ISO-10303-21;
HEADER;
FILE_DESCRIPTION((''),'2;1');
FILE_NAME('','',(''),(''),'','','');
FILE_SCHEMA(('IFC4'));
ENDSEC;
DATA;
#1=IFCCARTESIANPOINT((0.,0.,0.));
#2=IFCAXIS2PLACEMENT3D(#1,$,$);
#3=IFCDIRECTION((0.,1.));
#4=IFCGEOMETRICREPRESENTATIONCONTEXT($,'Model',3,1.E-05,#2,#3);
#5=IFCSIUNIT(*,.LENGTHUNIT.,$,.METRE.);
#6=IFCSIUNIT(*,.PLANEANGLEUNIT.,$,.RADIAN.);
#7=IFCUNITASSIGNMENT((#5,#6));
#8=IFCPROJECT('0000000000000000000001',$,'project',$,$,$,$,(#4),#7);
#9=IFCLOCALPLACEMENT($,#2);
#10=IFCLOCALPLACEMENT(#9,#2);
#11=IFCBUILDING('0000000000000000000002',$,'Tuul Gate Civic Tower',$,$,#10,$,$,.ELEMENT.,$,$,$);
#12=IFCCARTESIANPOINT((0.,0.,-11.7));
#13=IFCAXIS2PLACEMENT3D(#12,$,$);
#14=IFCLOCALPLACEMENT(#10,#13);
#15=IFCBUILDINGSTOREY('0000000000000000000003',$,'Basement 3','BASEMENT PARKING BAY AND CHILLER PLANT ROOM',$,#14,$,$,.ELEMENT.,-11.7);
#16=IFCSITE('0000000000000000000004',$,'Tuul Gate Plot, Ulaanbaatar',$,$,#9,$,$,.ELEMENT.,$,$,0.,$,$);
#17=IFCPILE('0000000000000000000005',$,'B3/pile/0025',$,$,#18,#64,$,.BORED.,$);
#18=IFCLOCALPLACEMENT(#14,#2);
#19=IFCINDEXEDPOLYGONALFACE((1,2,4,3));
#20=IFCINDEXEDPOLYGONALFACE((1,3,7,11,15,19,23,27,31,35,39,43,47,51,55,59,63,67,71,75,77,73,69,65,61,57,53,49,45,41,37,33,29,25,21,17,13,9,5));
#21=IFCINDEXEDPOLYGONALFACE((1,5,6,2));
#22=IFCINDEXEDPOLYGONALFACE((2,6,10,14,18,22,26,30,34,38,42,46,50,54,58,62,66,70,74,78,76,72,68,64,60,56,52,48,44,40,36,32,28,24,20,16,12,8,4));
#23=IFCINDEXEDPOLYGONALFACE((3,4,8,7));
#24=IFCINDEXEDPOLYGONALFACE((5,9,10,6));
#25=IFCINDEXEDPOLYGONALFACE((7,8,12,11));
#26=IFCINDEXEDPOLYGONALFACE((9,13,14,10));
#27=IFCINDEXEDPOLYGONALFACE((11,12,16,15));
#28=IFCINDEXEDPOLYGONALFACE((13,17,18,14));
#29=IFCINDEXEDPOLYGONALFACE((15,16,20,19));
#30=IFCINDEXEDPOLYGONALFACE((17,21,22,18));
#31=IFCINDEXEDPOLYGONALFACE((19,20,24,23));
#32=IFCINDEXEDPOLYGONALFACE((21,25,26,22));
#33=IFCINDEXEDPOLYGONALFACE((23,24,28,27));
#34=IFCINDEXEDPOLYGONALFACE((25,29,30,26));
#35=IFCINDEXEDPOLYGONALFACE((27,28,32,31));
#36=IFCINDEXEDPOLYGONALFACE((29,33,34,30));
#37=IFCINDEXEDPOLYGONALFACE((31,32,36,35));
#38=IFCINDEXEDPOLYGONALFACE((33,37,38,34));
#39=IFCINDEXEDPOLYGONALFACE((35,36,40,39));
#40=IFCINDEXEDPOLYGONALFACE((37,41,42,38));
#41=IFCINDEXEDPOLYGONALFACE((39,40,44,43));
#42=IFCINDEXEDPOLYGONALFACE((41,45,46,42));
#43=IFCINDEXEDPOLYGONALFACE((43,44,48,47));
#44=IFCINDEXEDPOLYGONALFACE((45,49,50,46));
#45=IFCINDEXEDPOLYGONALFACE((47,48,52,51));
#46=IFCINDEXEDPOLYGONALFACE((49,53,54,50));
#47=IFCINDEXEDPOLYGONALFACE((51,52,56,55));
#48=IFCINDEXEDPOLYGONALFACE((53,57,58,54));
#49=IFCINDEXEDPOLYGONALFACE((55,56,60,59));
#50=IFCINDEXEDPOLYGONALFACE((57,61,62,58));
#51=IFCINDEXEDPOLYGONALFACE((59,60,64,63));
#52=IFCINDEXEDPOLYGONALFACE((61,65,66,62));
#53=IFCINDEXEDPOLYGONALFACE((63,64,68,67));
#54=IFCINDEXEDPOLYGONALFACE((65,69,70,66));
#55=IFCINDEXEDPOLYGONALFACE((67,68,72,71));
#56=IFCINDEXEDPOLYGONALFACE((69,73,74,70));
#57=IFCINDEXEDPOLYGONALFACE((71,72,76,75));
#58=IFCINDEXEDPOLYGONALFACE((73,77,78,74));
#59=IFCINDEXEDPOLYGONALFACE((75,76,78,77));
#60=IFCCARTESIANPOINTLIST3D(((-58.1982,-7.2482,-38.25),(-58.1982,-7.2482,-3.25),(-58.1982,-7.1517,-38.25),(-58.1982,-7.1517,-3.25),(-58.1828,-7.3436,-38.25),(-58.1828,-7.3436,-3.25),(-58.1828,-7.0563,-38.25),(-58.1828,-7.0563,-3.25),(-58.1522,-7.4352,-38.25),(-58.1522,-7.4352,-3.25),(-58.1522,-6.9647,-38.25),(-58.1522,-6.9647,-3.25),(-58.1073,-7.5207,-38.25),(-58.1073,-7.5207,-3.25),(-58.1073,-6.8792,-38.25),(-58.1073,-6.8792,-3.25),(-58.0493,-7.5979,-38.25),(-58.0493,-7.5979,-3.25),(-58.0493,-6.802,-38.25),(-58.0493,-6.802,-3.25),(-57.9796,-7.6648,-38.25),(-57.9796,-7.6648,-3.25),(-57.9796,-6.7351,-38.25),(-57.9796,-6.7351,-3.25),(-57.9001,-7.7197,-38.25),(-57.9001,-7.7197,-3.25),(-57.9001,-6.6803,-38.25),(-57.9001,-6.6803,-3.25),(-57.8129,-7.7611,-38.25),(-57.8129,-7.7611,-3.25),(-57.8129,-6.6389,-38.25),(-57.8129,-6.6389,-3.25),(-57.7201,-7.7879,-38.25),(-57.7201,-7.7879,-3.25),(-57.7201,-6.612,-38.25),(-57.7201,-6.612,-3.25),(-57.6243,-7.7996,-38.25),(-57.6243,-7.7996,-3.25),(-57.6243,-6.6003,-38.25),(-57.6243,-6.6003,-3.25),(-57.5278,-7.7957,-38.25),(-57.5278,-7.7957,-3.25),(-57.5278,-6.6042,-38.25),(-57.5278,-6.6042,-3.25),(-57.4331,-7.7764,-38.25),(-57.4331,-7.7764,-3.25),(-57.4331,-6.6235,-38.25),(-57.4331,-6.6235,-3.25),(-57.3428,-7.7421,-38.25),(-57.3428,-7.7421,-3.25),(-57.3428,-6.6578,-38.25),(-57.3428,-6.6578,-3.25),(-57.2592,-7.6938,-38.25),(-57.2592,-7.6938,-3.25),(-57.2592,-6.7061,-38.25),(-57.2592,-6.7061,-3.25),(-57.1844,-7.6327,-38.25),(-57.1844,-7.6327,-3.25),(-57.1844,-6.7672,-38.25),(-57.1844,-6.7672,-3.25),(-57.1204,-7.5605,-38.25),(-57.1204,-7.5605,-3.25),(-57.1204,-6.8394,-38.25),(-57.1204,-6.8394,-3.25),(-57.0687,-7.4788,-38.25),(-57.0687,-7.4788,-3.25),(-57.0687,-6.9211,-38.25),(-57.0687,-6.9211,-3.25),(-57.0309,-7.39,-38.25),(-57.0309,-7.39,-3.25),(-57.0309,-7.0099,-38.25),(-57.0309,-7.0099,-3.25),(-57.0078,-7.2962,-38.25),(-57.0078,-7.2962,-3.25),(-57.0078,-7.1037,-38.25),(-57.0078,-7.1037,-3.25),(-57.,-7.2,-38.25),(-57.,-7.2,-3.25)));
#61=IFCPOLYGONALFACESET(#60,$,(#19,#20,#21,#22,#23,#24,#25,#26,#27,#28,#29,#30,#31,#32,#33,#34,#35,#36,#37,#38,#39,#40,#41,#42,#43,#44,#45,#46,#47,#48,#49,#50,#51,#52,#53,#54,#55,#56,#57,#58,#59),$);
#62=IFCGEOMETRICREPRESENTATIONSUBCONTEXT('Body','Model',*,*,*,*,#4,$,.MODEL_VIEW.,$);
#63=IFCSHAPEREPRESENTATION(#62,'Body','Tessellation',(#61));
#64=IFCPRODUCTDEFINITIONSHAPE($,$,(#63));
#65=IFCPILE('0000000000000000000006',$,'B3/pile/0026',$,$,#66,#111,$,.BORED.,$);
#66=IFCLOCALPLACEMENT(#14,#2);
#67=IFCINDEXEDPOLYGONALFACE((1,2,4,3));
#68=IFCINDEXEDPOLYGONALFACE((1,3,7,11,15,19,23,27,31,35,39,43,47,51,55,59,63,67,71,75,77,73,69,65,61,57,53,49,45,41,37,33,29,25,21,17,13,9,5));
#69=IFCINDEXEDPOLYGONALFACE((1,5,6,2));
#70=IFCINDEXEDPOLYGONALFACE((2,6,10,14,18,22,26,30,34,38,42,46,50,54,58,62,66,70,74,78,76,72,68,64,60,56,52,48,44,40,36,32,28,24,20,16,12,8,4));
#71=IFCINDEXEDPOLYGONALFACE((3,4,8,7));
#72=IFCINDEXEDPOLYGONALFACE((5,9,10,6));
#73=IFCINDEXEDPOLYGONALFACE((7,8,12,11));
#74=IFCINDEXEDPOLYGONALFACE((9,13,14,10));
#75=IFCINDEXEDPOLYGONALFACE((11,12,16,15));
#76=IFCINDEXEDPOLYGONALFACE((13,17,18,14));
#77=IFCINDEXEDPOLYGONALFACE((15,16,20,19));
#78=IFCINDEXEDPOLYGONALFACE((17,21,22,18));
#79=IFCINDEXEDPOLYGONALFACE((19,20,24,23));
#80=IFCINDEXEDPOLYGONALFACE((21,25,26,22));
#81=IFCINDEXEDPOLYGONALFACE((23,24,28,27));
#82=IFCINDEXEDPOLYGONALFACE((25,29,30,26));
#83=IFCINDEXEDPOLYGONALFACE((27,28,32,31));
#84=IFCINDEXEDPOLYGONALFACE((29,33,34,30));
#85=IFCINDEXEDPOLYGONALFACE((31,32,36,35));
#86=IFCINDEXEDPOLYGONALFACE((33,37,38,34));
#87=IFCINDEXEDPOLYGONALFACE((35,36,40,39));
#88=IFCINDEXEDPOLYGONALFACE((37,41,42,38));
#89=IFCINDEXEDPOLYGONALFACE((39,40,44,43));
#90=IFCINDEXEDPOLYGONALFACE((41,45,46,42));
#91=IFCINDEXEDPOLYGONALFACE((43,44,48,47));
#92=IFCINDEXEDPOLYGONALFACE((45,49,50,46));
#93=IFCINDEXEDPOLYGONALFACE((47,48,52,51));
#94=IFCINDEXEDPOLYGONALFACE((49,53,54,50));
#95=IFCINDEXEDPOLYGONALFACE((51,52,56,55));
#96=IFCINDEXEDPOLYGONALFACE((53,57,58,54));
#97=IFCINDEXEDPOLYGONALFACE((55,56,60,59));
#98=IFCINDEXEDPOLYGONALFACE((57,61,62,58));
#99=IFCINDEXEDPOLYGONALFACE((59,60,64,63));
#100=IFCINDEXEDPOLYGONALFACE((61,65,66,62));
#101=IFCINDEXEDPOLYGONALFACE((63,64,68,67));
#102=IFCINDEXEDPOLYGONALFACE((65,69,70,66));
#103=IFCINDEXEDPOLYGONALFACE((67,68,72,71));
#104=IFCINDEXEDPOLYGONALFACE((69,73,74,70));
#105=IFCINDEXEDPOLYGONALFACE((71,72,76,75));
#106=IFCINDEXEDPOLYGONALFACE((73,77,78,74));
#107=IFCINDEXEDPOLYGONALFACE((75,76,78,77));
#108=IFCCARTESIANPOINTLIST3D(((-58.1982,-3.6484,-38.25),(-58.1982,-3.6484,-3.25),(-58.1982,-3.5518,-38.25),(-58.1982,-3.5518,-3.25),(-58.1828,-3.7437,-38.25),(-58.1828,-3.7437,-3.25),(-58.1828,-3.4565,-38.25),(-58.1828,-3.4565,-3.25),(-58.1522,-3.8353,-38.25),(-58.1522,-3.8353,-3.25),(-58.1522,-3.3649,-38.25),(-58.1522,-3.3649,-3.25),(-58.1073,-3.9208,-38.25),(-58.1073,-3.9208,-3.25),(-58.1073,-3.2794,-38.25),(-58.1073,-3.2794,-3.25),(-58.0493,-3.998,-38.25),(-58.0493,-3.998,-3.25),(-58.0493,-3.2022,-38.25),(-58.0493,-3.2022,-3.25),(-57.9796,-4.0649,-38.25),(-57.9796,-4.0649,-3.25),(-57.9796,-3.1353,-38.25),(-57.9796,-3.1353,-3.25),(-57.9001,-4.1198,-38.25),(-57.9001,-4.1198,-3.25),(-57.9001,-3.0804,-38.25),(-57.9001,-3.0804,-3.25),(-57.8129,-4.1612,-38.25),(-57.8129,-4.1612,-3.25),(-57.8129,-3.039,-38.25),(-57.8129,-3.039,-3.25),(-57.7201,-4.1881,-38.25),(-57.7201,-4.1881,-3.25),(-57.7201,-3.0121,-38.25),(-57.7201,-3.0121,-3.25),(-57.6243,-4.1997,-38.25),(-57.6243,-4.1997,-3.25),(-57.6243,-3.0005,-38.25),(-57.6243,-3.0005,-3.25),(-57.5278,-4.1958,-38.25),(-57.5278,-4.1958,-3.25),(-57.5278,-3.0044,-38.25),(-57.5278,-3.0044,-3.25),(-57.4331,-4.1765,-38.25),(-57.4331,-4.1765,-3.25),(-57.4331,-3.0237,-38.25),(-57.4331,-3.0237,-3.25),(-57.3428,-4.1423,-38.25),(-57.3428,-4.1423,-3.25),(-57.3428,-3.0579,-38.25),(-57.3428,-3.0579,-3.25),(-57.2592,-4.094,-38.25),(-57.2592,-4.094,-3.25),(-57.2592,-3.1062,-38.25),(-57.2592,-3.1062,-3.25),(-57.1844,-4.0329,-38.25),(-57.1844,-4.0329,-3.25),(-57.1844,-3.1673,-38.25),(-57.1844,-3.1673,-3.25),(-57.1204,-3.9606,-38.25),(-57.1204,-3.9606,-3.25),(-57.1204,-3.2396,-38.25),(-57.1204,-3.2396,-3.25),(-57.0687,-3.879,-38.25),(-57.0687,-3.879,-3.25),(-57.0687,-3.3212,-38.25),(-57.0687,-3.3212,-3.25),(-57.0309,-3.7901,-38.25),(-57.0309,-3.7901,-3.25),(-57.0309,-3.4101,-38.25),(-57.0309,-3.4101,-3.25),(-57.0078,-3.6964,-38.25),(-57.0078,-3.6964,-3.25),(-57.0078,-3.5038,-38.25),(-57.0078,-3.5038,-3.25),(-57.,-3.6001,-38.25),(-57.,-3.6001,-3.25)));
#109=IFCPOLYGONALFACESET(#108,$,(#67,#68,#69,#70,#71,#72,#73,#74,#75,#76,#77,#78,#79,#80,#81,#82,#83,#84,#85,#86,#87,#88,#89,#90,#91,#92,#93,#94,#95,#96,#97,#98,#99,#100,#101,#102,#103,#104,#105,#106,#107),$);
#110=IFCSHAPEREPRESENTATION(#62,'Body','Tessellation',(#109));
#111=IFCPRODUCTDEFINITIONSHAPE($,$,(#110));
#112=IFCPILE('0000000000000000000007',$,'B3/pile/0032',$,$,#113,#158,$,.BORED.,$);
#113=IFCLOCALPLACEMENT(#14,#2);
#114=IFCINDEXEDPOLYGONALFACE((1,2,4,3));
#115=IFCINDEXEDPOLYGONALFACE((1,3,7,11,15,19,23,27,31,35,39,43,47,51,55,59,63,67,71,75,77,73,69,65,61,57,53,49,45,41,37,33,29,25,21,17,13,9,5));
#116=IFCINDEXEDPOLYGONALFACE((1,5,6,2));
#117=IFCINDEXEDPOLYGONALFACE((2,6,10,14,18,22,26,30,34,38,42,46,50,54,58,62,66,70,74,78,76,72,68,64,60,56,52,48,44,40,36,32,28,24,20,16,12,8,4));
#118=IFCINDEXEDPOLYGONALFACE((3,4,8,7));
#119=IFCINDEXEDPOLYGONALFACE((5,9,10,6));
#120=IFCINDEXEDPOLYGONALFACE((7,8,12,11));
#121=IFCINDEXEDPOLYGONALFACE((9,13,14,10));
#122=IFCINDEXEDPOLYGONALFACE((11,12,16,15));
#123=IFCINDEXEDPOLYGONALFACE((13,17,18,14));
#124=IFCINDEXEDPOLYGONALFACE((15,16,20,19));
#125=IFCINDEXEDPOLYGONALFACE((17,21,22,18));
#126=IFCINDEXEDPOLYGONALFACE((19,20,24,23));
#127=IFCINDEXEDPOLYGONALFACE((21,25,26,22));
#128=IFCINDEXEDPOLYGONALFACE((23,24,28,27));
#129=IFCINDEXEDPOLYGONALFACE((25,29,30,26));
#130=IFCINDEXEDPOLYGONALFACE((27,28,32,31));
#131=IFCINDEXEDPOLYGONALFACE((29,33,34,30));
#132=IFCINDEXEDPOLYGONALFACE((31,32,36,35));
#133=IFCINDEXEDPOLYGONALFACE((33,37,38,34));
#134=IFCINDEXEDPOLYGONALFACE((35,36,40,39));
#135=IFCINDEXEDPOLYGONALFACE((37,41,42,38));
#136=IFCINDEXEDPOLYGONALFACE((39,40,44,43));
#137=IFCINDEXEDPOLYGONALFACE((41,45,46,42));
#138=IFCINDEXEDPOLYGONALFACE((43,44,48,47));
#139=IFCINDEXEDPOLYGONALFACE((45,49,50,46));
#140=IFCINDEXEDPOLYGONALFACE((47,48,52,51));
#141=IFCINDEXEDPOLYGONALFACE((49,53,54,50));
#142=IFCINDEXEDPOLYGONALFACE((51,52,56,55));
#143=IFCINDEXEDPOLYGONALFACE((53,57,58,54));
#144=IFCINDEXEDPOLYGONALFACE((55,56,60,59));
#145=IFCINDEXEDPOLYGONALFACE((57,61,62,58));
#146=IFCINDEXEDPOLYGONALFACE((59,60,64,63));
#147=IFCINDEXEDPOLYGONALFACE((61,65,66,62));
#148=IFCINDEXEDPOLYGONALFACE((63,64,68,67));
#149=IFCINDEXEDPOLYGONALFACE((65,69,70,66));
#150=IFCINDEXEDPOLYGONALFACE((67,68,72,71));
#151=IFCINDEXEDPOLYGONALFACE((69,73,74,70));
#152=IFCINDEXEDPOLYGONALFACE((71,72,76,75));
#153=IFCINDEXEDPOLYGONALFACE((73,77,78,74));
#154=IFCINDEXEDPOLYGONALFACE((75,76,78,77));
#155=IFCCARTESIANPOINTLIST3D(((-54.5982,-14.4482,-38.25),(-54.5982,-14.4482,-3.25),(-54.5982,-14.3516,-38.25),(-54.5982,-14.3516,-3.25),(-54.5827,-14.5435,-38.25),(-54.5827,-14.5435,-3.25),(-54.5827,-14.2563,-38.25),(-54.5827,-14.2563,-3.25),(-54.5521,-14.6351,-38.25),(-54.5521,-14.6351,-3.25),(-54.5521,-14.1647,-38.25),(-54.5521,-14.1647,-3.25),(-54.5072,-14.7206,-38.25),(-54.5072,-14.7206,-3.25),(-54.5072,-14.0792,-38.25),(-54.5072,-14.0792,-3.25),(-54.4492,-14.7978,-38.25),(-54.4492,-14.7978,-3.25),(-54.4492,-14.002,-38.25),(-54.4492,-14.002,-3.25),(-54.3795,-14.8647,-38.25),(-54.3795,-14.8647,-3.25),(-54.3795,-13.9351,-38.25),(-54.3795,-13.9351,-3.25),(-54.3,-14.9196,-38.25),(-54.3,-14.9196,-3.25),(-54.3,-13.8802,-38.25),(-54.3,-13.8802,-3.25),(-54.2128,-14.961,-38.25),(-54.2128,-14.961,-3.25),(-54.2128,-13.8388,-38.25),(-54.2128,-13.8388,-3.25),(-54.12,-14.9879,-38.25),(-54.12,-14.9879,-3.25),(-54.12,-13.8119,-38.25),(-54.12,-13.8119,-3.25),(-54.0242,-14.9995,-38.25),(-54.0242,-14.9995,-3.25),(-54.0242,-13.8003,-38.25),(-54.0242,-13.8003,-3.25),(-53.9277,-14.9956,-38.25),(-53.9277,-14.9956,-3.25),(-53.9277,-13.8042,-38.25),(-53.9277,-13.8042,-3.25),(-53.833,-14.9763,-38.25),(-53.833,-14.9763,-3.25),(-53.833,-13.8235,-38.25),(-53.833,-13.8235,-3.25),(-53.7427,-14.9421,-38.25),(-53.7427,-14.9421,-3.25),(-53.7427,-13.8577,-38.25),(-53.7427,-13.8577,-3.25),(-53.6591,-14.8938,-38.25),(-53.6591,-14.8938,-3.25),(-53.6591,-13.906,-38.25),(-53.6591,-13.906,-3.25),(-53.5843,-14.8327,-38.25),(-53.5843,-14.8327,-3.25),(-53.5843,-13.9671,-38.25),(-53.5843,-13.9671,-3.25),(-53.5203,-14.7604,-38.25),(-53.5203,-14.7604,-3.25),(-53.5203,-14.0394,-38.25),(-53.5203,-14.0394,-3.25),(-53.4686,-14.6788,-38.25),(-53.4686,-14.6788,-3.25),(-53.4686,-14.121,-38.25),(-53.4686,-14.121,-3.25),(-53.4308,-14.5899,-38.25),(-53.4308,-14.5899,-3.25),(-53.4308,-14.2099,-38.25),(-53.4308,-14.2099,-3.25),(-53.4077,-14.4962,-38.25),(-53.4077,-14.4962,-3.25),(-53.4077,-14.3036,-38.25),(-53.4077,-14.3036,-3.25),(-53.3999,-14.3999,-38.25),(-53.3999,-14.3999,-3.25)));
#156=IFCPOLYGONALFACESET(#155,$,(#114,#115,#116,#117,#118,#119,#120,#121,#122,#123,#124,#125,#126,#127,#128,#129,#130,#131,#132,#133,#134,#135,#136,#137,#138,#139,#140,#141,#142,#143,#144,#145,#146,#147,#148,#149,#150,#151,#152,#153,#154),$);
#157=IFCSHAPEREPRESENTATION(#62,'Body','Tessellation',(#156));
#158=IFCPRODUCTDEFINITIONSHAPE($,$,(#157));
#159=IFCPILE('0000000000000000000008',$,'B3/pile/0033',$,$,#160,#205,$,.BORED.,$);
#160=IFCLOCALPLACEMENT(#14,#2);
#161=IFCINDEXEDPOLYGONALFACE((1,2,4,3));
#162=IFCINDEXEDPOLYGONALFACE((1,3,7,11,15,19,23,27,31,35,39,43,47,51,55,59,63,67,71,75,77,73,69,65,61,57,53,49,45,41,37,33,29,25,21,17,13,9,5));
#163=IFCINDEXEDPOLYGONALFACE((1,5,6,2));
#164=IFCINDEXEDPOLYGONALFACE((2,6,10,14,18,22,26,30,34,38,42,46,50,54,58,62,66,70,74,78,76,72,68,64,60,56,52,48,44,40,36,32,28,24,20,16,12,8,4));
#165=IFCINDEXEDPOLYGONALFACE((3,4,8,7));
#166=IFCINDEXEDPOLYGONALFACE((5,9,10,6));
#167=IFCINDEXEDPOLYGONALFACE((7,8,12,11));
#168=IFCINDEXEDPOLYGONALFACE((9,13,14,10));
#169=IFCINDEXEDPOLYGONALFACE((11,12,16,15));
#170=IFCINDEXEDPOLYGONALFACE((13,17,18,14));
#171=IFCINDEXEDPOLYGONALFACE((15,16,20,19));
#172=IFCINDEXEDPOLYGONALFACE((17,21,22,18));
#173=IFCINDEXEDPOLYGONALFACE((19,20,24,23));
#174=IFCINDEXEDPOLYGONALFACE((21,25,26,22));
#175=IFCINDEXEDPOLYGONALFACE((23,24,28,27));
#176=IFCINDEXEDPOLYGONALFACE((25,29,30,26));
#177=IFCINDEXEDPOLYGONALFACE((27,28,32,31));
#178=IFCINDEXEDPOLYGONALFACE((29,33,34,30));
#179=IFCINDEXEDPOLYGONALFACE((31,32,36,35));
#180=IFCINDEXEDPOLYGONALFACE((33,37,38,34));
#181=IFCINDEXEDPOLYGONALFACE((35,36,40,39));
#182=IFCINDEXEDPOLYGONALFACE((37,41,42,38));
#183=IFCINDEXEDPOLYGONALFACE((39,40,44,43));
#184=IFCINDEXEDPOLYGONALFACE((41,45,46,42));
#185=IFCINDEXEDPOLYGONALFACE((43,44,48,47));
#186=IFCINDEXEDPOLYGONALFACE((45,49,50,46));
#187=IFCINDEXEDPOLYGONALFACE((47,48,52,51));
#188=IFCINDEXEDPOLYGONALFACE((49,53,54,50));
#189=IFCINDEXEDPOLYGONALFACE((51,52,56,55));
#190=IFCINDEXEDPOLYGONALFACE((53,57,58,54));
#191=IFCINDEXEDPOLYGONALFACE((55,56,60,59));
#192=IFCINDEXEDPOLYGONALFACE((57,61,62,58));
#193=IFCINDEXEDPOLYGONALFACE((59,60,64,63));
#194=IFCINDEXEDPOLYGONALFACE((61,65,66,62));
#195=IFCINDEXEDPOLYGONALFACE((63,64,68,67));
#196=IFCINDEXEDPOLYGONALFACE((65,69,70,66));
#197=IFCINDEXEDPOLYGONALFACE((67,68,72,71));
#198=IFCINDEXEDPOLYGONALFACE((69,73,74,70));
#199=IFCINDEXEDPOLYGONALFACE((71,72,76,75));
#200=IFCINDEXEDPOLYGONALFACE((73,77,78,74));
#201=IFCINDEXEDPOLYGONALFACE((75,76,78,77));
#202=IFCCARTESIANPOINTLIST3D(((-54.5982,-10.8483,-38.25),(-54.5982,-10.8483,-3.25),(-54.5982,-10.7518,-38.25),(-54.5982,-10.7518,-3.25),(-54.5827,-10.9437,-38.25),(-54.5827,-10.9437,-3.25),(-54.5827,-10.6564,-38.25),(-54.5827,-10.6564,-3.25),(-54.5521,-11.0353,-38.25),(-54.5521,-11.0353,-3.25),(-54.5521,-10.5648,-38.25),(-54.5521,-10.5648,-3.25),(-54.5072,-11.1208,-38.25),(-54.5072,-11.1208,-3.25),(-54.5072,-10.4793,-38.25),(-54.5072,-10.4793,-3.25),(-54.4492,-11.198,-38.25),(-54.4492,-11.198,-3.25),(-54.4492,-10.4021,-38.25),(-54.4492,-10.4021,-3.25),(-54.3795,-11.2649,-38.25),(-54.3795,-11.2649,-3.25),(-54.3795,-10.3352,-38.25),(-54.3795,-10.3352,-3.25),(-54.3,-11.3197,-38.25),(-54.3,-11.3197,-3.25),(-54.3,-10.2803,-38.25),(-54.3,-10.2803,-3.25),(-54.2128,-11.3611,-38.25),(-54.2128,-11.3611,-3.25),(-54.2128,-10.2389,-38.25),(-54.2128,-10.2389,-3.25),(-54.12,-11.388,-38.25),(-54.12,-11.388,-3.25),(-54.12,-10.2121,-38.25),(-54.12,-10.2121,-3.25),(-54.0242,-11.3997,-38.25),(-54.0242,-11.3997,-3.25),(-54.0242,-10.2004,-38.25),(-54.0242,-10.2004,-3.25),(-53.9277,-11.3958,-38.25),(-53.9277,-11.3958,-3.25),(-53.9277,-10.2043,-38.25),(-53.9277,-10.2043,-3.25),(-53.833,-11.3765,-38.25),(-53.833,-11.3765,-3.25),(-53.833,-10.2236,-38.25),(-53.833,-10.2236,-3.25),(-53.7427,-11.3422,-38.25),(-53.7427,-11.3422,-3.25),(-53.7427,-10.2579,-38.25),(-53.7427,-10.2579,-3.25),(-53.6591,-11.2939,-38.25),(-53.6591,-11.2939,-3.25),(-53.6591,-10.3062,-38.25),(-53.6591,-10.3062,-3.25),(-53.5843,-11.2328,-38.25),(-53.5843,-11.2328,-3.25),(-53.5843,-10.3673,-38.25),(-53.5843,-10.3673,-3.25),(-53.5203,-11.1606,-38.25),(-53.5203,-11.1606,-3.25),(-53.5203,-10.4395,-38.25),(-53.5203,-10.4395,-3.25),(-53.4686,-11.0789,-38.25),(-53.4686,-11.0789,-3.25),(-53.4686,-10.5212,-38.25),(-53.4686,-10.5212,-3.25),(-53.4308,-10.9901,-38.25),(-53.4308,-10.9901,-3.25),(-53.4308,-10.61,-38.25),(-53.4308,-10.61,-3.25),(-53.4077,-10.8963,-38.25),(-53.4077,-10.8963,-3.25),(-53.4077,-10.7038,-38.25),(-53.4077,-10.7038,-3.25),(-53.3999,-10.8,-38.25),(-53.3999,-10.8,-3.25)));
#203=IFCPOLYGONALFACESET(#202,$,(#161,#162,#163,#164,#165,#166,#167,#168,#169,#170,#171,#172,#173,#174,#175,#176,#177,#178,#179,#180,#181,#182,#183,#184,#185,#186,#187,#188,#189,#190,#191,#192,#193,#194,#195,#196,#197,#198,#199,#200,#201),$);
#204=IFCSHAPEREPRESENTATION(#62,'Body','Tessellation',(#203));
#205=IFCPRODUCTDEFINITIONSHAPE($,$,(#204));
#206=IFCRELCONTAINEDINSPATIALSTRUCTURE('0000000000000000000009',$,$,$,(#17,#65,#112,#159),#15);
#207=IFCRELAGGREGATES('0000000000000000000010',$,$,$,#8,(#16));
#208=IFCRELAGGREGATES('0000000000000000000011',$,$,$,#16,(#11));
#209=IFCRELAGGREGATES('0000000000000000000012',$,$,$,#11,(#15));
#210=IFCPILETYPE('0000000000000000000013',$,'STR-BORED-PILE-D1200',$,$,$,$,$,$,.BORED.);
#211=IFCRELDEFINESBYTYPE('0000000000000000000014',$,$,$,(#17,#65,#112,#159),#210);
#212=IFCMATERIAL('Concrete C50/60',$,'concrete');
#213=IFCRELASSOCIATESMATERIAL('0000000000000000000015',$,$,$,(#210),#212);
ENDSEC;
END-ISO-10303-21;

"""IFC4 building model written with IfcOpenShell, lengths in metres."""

from ifc_helpers import new_model, si_unit, direction, frame, origin, origin_2d, place, context, subcontext, project, spatial, circle, extrude, material, material_profile, profile_set, type_object, element, save


model = new_model("IFC4")

# Units and contexts
model_context = context("Model", 3, precision=1e-05, world=origin(), true_north=direction((0.0, 1.0)))
body_context = subcontext(model_context, "Body", "Model", "MODEL_VIEW")
ifc_project = project(units=[si_unit("LENGTHUNIT", "METRE"), si_unit("PLANEANGLEUNIT", "RADIAN")], contexts=[model_context])

# Site, building, storey
site_placement = place(None, origin())
site = spatial("IfcSite", under=ifc_project, at=site_placement, Name="Tuul Gate Plot, Ulaanbaatar", CompositionType="ELEMENT", RefElevation=0.0)
building_placement = place(site_placement, origin())
building = spatial("IfcBuilding", under=site, at=building_placement, Name="Tuul Gate Civic Tower", CompositionType="ELEMENT")
storey_placement = place(building_placement, frame((0.0, 0.0, -11.7)))
storey = spatial("IfcBuildingStorey", under=building, at=storey_placement, Name="Basement 3", Description="BASEMENT PARKING BAY AND CHILLER PLANT ROOM", CompositionType="ELEMENT", Elevation=-11.7)

# Piles
ifc_material_1 = material(Name="Concrete C50/60", Category="concrete")
ifc_material_profile_1 = material_profile(ifc_material_1, circle(Radius=0.6001, at=origin_2d()), Name="PILE1200")
ifc_profile_set_1 = profile_set([ifc_material_profile_1], Name="Concrete C50/60")
pile_type = type_object("IfcPileType", Name="STR-BORED-PILE-D1200", PredefinedType="BORED", material=ifc_profile_set_1)
for number, where, z_axis, x_axis, name in (
    (1, (-57.6001, -7.2, -3.25), (0.0, 0.0, -1.0), (1.0, 0.0, 0.0), "B3/pile/0025"),
    (2, (-57.6001, -3.6001, -3.25), (0.0, 0.0, -1.0), (1.0, 0.0, 0.0), "B3/pile/0026"),
    (3, (-54.0, -14.3999, -3.25), (0.0, 0.0, -1.0), (1.0, 0.0, 0.0), "B3/pile/0032"),
    (4, (-54.0, -10.8, -3.25), (0.0, 0.0, -1.0), (1.0, 0.0, 0.0), "B3/pile/0033"),
):
    element("IfcPile", number, at=place(storey_placement, frame(where, z_axis=z_axis, x_axis=x_axis)), inside=storey, type_object=pile_type, Name=name, PredefinedType="BORED", context=body_context, shape_type="SweptSolid", body=[
        extrude(circle(Radius=0.6001, at=origin_2d()), origin(), (0.0, 0.0, 1.0), 35.0),
    ])

save(model, "model.ifc")
